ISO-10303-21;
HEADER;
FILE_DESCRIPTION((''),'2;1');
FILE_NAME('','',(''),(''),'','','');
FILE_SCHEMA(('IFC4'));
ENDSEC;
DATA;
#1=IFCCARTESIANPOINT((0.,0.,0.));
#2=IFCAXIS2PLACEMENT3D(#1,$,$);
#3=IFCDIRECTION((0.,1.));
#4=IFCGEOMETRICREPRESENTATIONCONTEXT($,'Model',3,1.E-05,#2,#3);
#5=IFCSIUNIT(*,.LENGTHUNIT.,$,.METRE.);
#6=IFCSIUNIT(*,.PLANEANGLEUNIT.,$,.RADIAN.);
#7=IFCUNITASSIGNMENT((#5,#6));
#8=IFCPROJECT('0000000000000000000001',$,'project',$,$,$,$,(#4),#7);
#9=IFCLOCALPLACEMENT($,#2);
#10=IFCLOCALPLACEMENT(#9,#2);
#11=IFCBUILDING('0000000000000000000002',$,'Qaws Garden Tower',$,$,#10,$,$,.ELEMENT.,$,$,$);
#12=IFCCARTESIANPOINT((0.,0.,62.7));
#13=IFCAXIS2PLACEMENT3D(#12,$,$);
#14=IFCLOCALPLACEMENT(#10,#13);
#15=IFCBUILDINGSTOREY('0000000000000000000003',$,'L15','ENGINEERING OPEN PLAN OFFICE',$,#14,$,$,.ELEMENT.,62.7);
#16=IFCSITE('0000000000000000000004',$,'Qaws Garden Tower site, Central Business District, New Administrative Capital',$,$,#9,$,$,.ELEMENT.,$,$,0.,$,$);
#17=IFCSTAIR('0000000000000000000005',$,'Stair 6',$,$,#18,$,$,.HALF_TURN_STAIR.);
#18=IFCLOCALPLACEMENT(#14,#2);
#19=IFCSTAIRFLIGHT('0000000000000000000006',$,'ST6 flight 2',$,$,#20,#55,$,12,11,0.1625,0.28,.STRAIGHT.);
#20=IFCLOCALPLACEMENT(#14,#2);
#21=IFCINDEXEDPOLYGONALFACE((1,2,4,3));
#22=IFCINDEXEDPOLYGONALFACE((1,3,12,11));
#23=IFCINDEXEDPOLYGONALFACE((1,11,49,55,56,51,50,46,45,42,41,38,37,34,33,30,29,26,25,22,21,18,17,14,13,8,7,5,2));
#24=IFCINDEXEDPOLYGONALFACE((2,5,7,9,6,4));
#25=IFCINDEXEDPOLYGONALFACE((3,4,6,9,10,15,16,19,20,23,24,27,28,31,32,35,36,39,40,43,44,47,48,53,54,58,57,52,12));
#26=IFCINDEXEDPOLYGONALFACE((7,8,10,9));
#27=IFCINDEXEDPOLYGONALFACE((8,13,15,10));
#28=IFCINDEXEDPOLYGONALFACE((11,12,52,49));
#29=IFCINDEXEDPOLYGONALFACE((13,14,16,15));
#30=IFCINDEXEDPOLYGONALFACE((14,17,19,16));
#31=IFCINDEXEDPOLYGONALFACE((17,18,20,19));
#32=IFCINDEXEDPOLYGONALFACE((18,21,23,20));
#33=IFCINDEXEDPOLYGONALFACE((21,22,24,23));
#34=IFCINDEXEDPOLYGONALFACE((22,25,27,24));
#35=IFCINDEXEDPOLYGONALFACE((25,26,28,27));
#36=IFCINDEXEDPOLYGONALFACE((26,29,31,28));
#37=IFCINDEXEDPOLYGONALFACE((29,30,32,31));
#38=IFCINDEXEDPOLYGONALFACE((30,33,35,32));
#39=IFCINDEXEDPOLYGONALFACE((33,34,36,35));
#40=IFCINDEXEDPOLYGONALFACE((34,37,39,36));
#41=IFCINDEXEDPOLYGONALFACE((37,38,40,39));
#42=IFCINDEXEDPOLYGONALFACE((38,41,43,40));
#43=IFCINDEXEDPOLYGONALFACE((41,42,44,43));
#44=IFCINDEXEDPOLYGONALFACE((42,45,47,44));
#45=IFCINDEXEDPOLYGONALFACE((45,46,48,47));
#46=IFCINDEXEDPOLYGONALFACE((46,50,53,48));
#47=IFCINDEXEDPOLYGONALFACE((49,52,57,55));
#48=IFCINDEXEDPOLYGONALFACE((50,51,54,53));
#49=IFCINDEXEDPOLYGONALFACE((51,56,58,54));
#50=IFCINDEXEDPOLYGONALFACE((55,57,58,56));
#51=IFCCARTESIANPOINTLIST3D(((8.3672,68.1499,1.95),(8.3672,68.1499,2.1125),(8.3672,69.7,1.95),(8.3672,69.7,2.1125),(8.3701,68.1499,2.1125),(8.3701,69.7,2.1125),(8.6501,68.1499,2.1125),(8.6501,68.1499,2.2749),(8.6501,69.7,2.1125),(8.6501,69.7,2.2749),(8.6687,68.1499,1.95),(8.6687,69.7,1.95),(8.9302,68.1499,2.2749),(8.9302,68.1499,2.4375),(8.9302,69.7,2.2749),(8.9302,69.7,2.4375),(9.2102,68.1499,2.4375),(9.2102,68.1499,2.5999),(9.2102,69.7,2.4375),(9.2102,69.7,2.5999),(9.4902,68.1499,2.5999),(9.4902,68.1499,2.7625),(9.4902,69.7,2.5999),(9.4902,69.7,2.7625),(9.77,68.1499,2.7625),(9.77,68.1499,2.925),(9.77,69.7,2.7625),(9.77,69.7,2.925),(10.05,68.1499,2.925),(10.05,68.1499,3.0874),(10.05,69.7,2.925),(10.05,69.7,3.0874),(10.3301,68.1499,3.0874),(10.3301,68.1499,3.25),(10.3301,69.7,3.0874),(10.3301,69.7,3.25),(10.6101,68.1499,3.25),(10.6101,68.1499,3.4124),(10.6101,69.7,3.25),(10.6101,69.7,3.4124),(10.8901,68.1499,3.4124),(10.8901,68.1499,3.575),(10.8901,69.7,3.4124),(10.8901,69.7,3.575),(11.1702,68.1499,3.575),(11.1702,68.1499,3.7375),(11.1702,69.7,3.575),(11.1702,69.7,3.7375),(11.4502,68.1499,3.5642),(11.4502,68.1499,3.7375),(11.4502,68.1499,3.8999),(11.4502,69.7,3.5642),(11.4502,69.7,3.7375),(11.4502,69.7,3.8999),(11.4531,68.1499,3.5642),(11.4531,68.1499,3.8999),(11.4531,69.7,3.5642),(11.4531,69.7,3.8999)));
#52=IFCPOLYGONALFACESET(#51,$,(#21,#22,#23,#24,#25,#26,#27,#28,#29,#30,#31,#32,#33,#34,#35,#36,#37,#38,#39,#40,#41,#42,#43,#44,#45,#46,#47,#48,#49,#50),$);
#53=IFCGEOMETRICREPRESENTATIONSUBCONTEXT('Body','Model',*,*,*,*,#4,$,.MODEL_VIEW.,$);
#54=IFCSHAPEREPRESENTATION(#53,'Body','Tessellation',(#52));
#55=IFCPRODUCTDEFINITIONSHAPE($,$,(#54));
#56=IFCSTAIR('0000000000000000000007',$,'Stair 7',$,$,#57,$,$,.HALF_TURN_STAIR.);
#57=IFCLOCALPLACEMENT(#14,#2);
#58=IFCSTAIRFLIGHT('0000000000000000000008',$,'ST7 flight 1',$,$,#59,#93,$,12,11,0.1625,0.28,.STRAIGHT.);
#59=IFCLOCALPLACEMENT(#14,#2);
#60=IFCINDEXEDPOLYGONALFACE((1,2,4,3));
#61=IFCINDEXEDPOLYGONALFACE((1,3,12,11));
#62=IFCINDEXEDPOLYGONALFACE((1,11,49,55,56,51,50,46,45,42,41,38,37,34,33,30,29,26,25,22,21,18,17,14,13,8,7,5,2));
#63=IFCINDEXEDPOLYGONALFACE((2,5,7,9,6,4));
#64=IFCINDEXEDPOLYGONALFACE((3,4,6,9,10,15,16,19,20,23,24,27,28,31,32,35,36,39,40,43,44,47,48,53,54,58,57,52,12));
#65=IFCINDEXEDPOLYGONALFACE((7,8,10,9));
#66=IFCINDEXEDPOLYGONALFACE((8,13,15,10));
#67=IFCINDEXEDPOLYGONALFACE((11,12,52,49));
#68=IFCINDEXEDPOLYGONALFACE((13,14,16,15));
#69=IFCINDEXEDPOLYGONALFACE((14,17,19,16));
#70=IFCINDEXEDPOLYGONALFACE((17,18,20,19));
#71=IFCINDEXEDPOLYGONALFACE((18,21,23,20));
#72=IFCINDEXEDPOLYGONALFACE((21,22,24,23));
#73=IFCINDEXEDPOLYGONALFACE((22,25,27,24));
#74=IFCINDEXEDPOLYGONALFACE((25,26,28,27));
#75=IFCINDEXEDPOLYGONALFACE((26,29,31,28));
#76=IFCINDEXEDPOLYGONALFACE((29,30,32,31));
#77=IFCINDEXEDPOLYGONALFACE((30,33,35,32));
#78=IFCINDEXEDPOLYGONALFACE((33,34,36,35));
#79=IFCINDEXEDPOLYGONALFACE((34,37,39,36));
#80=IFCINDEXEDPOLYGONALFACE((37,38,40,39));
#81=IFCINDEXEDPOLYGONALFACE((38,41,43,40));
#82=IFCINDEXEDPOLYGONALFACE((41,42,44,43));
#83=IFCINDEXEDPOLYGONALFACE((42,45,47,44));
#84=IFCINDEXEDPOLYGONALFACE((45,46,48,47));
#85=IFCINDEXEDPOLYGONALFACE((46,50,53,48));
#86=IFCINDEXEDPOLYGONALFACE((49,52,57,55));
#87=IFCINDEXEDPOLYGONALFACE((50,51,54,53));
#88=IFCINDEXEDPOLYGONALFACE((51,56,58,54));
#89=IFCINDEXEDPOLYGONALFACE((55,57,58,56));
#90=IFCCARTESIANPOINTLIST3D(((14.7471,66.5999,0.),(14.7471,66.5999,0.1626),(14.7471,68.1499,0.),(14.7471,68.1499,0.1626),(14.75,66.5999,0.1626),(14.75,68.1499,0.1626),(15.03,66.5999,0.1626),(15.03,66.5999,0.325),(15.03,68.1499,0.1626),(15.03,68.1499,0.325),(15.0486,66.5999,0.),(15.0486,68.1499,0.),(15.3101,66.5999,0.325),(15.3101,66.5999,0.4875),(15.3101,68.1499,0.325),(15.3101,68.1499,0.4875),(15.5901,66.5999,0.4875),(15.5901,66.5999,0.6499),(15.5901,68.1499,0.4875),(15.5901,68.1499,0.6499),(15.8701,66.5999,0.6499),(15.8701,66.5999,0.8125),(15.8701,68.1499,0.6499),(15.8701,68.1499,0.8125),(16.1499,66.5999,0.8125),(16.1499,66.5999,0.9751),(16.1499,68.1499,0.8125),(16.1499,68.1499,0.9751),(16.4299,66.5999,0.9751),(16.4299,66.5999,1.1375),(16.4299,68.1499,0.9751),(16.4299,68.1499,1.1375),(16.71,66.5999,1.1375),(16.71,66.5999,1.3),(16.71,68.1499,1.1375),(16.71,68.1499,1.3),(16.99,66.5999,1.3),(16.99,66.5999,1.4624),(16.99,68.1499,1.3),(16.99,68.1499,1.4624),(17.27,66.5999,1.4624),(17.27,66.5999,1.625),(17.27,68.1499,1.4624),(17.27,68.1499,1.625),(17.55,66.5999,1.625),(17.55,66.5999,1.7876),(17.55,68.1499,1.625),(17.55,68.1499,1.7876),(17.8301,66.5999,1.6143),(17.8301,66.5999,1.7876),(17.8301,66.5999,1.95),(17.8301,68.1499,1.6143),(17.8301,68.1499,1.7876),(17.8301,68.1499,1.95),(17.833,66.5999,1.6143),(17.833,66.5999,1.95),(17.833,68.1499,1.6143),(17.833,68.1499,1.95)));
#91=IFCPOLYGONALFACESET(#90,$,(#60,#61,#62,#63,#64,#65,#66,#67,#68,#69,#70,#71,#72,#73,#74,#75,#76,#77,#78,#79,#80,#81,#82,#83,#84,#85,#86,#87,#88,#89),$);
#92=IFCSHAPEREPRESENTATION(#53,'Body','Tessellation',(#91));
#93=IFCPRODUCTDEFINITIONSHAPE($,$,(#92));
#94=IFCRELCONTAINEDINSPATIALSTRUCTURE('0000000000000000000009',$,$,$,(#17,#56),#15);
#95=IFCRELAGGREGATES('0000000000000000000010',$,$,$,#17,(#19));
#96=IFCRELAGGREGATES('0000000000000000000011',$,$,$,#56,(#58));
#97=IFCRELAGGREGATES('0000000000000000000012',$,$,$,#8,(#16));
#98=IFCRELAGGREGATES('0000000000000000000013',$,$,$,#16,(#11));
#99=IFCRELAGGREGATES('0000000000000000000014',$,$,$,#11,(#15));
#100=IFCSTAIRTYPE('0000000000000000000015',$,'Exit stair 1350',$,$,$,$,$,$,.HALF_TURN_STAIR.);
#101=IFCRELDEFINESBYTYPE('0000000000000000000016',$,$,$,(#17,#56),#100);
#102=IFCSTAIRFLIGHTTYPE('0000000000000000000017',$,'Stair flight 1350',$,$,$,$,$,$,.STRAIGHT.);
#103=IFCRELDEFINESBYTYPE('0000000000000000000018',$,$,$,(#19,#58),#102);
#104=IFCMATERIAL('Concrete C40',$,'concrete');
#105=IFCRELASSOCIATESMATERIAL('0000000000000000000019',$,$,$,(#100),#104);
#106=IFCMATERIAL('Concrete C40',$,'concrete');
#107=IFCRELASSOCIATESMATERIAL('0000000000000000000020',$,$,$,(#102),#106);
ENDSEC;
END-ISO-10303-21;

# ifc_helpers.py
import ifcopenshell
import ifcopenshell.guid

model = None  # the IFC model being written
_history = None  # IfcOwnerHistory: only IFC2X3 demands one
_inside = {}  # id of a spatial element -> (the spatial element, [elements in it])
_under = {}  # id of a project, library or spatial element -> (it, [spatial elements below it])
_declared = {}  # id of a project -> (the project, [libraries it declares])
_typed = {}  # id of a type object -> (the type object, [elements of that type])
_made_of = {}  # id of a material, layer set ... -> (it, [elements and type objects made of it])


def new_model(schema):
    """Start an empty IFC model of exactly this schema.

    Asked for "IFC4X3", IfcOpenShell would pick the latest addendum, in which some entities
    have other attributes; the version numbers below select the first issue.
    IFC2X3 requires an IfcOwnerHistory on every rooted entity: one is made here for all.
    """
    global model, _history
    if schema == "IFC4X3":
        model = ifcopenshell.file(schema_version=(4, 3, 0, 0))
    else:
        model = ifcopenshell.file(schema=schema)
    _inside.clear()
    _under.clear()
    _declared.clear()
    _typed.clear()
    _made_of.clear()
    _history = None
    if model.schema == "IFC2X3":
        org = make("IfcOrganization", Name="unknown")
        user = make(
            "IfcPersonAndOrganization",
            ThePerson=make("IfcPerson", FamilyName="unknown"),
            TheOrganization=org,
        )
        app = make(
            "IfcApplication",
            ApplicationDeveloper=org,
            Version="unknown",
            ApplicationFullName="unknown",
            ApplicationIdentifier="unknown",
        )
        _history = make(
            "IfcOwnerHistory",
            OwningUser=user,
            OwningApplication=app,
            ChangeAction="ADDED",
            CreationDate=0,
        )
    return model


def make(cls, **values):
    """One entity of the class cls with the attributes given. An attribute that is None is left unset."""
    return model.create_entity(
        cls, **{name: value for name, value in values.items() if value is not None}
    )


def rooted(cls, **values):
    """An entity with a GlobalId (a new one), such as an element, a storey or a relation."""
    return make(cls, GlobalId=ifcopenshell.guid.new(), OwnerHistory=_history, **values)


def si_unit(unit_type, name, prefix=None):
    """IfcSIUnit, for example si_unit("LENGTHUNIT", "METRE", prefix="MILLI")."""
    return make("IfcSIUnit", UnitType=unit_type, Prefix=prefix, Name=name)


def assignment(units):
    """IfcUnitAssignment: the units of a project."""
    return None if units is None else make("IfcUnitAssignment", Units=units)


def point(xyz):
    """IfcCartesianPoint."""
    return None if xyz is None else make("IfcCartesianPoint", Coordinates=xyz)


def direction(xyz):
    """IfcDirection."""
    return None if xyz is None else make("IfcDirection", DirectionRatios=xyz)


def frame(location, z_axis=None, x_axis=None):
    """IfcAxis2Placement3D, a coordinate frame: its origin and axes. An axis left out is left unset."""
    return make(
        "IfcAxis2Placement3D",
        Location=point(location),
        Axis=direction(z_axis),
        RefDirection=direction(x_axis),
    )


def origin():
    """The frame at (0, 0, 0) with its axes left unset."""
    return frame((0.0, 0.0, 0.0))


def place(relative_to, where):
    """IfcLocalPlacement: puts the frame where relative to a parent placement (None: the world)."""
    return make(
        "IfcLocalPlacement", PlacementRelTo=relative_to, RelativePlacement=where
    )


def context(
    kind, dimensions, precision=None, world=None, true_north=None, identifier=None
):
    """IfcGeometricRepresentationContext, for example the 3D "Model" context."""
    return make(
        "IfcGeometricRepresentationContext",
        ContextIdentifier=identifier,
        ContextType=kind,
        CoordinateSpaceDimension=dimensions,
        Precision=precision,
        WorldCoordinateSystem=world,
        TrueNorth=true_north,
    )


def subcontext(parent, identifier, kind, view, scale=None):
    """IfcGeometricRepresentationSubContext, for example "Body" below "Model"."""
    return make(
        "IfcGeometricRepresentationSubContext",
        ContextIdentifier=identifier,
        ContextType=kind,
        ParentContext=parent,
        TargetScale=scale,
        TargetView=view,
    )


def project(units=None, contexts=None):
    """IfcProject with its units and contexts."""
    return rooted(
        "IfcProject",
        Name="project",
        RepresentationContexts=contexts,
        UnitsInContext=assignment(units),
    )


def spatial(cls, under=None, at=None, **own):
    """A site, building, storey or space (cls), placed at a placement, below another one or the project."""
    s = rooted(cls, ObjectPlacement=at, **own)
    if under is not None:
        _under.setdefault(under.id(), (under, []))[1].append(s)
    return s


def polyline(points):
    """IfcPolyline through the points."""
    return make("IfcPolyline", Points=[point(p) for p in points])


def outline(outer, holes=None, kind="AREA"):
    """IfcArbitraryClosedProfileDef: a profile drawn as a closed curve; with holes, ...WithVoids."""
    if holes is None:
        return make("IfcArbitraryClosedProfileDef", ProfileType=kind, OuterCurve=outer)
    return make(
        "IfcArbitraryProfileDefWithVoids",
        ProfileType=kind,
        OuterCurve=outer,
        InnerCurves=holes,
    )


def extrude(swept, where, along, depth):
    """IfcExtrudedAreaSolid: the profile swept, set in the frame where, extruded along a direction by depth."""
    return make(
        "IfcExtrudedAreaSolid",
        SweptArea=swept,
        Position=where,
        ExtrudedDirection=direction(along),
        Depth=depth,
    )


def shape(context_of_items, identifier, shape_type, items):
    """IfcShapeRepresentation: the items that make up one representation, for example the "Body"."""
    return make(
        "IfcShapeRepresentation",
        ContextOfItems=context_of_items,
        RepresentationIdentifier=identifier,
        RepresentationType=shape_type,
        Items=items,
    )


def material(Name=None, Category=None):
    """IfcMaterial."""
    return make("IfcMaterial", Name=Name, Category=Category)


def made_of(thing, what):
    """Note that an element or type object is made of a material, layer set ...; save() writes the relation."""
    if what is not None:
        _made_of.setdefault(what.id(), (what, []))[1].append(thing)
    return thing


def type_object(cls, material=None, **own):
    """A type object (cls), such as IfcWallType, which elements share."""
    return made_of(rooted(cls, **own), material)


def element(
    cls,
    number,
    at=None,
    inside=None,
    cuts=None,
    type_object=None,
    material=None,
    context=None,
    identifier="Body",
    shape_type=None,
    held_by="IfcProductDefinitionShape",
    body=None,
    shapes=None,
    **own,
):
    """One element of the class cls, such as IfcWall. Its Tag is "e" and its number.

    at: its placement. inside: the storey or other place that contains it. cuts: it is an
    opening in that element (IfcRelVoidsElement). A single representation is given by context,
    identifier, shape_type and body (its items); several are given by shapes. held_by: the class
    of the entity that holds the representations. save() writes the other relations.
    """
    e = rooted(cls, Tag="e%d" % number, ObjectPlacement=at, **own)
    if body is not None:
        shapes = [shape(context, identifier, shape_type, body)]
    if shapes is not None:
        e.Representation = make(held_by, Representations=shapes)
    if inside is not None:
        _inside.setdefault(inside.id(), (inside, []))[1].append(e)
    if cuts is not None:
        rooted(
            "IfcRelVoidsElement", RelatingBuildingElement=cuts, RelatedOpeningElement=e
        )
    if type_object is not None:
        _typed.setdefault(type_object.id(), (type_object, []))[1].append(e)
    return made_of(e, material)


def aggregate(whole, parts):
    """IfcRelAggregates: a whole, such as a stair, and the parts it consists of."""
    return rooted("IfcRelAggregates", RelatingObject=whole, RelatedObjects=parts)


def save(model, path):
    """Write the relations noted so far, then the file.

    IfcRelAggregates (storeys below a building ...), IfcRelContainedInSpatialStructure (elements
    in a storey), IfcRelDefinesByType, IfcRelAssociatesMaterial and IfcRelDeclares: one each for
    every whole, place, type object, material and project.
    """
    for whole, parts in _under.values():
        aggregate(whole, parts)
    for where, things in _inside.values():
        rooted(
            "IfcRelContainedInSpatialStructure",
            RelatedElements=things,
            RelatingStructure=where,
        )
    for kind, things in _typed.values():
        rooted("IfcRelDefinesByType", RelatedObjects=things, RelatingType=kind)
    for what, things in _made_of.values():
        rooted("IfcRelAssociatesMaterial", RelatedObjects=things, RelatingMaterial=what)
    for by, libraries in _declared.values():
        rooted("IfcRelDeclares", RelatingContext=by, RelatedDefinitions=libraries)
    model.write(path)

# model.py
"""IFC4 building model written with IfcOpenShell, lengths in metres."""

from ifc_helpers import new_model, si_unit, direction, frame, origin, place, context, subcontext, project, spatial, polyline, outline, extrude, material, type_object, element, aggregate, save


model = new_model("IFC4")

# Units and contexts
model_context = context("Model", 3, precision=1e-05, world=origin(), true_north=direction((0.0, 1.0)))
body_context = subcontext(model_context, "Body", "Model", "MODEL_VIEW")
ifc_project = project(units=[si_unit("LENGTHUNIT", "METRE"), si_unit("PLANEANGLEUNIT", "RADIAN")], contexts=[model_context])

# Site, building, storey
site_placement = place(None, origin())
site = spatial("IfcSite", under=ifc_project, at=site_placement, Name="Qaws Garden Tower site, Central Business District, New Administrative Capital", CompositionType="ELEMENT", RefElevation=0.0)
building_placement = place(site_placement, origin())
building = spatial("IfcBuilding", under=site, at=building_placement, Name="Qaws Garden Tower", CompositionType="ELEMENT")
storey_placement = place(building_placement, frame((0.0, 0.0, 62.7)))
storey = spatial("IfcBuildingStorey", under=building, at=storey_placement, Name="L15", Description="ENGINEERING OPEN PLAN OFFICE", CompositionType="ELEMENT", Elevation=62.7)

# Stair, stair flight
ifc_material_1 = material(Name="Concrete C40", Category="concrete")
stair_type = type_object("IfcStairType", Name="Exit stair 1350", PredefinedType="HALF_TURN_STAIR", material=ifc_material_1)
placement = place(storey_placement, origin())
stair_1 = element("IfcStair", 1, at=placement, inside=storey, type_object=stair_type, Name="Stair 6", PredefinedType="HALF_TURN_STAIR")
ifc_material_2 = material(Name="Concrete C40", Category="concrete")
stair_flight_type = type_object("IfcStairFlightType", Name="Stair flight 1350", PredefinedType="STRAIGHT", material=ifc_material_2)
stair_flight_1_placement = place(storey_placement, frame((8.3701, 68.925, 1.95), z_axis=(0.0, 0.0, 1.0), x_axis=(1.0, 0.0, 0.0)))
stair_flight_1 = element("IfcStairFlight", 2, at=stair_flight_1_placement, type_object=stair_flight_type, Name="ST6 flight 2", NumberOfRisers=12, NumberOfTreads=11, PredefinedType="STRAIGHT", RiserHeight=0.1625, TreadLength=0.28, context=body_context, shape_type="SweptSolid", body=[
    extrude(outline(polyline([(-0.0029, 0.0), (-0.0029, 0.1626), (0.0, 0.1626), (0.28, 0.1626), (0.28, 0.325), (0.5601, 0.325), (0.5601, 0.4875), (0.8401, 0.4875), (0.8401, 0.6499), (1.1201, 0.6499), (1.1201, 0.8125), (1.3999, 0.8125), (1.3999, 0.9751), (1.6799, 0.9751), (1.6799, 1.1375), (1.96, 1.1375), (1.96, 1.3), (2.24, 1.3), (2.24, 1.4624), (2.52, 1.4624), (2.52, 1.625), (2.8, 1.625), (2.8, 1.7876), (3.0801, 1.7876), (3.0801, 1.95), (3.083, 1.95), (3.083, 1.6143), (3.0801, 1.6143), (0.2986, 0.0), (-0.0029, 0.0)])), frame((0.0, 0.7749, 0.0), z_axis=(0.0, -1.0, 0.0), x_axis=(1.0, 0.0, 0.0)), (0.0, 0.0, 1.0), 1.55),
])
aggregate(stair_1, [stair_flight_1])

# Stair, stair flight
stair_2 = element("IfcStair", 3, at=placement, inside=storey, type_object=stair_type, Name="Stair 7", PredefinedType="HALF_TURN_STAIR")
stair_flight_2_placement = place(storey_placement, frame((14.75, 67.375, 0.0), z_axis=(0.0, 0.0, 1.0), x_axis=(1.0, 0.0, 0.0)))
stair_flight_2 = element("IfcStairFlight", 4, at=stair_flight_2_placement, type_object=stair_flight_type, Name="ST7 flight 1", NumberOfRisers=12, NumberOfTreads=11, PredefinedType="STRAIGHT", RiserHeight=0.1625, TreadLength=0.28, context=body_context, shape_type="SweptSolid", body=[
    extrude(outline(polyline([(-0.0029, 0.0), (-0.0029, 0.1626), (0.0, 0.1626), (0.28, 0.1626), (0.28, 0.325), (0.5601, 0.325), (0.5601, 0.4875), (0.8401, 0.4875), (0.8401, 0.6499), (1.1201, 0.6499), (1.1201, 0.8125), (1.3999, 0.8125), (1.3999, 0.9751), (1.6799, 0.9751), (1.6799, 1.1375), (1.96, 1.1375), (1.96, 1.3), (2.24, 1.3), (2.24, 1.4624), (2.52, 1.4624), (2.52, 1.625), (2.8, 1.625), (2.8, 1.7876), (3.0801, 1.7876), (3.0801, 1.95), (3.083, 1.95), (3.083, 1.6143), (3.0801, 1.6143), (0.2986, 0.0), (-0.0029, 0.0)])), frame((0.0, 0.7749, 0.0), z_axis=(0.0, -1.0, 0.0), x_axis=(1.0, 0.0, 0.0)), (0.0, 0.0, 1.0), 1.55),
])
aggregate(stair_2, [stair_flight_2])

save(model, "model.ifc")
